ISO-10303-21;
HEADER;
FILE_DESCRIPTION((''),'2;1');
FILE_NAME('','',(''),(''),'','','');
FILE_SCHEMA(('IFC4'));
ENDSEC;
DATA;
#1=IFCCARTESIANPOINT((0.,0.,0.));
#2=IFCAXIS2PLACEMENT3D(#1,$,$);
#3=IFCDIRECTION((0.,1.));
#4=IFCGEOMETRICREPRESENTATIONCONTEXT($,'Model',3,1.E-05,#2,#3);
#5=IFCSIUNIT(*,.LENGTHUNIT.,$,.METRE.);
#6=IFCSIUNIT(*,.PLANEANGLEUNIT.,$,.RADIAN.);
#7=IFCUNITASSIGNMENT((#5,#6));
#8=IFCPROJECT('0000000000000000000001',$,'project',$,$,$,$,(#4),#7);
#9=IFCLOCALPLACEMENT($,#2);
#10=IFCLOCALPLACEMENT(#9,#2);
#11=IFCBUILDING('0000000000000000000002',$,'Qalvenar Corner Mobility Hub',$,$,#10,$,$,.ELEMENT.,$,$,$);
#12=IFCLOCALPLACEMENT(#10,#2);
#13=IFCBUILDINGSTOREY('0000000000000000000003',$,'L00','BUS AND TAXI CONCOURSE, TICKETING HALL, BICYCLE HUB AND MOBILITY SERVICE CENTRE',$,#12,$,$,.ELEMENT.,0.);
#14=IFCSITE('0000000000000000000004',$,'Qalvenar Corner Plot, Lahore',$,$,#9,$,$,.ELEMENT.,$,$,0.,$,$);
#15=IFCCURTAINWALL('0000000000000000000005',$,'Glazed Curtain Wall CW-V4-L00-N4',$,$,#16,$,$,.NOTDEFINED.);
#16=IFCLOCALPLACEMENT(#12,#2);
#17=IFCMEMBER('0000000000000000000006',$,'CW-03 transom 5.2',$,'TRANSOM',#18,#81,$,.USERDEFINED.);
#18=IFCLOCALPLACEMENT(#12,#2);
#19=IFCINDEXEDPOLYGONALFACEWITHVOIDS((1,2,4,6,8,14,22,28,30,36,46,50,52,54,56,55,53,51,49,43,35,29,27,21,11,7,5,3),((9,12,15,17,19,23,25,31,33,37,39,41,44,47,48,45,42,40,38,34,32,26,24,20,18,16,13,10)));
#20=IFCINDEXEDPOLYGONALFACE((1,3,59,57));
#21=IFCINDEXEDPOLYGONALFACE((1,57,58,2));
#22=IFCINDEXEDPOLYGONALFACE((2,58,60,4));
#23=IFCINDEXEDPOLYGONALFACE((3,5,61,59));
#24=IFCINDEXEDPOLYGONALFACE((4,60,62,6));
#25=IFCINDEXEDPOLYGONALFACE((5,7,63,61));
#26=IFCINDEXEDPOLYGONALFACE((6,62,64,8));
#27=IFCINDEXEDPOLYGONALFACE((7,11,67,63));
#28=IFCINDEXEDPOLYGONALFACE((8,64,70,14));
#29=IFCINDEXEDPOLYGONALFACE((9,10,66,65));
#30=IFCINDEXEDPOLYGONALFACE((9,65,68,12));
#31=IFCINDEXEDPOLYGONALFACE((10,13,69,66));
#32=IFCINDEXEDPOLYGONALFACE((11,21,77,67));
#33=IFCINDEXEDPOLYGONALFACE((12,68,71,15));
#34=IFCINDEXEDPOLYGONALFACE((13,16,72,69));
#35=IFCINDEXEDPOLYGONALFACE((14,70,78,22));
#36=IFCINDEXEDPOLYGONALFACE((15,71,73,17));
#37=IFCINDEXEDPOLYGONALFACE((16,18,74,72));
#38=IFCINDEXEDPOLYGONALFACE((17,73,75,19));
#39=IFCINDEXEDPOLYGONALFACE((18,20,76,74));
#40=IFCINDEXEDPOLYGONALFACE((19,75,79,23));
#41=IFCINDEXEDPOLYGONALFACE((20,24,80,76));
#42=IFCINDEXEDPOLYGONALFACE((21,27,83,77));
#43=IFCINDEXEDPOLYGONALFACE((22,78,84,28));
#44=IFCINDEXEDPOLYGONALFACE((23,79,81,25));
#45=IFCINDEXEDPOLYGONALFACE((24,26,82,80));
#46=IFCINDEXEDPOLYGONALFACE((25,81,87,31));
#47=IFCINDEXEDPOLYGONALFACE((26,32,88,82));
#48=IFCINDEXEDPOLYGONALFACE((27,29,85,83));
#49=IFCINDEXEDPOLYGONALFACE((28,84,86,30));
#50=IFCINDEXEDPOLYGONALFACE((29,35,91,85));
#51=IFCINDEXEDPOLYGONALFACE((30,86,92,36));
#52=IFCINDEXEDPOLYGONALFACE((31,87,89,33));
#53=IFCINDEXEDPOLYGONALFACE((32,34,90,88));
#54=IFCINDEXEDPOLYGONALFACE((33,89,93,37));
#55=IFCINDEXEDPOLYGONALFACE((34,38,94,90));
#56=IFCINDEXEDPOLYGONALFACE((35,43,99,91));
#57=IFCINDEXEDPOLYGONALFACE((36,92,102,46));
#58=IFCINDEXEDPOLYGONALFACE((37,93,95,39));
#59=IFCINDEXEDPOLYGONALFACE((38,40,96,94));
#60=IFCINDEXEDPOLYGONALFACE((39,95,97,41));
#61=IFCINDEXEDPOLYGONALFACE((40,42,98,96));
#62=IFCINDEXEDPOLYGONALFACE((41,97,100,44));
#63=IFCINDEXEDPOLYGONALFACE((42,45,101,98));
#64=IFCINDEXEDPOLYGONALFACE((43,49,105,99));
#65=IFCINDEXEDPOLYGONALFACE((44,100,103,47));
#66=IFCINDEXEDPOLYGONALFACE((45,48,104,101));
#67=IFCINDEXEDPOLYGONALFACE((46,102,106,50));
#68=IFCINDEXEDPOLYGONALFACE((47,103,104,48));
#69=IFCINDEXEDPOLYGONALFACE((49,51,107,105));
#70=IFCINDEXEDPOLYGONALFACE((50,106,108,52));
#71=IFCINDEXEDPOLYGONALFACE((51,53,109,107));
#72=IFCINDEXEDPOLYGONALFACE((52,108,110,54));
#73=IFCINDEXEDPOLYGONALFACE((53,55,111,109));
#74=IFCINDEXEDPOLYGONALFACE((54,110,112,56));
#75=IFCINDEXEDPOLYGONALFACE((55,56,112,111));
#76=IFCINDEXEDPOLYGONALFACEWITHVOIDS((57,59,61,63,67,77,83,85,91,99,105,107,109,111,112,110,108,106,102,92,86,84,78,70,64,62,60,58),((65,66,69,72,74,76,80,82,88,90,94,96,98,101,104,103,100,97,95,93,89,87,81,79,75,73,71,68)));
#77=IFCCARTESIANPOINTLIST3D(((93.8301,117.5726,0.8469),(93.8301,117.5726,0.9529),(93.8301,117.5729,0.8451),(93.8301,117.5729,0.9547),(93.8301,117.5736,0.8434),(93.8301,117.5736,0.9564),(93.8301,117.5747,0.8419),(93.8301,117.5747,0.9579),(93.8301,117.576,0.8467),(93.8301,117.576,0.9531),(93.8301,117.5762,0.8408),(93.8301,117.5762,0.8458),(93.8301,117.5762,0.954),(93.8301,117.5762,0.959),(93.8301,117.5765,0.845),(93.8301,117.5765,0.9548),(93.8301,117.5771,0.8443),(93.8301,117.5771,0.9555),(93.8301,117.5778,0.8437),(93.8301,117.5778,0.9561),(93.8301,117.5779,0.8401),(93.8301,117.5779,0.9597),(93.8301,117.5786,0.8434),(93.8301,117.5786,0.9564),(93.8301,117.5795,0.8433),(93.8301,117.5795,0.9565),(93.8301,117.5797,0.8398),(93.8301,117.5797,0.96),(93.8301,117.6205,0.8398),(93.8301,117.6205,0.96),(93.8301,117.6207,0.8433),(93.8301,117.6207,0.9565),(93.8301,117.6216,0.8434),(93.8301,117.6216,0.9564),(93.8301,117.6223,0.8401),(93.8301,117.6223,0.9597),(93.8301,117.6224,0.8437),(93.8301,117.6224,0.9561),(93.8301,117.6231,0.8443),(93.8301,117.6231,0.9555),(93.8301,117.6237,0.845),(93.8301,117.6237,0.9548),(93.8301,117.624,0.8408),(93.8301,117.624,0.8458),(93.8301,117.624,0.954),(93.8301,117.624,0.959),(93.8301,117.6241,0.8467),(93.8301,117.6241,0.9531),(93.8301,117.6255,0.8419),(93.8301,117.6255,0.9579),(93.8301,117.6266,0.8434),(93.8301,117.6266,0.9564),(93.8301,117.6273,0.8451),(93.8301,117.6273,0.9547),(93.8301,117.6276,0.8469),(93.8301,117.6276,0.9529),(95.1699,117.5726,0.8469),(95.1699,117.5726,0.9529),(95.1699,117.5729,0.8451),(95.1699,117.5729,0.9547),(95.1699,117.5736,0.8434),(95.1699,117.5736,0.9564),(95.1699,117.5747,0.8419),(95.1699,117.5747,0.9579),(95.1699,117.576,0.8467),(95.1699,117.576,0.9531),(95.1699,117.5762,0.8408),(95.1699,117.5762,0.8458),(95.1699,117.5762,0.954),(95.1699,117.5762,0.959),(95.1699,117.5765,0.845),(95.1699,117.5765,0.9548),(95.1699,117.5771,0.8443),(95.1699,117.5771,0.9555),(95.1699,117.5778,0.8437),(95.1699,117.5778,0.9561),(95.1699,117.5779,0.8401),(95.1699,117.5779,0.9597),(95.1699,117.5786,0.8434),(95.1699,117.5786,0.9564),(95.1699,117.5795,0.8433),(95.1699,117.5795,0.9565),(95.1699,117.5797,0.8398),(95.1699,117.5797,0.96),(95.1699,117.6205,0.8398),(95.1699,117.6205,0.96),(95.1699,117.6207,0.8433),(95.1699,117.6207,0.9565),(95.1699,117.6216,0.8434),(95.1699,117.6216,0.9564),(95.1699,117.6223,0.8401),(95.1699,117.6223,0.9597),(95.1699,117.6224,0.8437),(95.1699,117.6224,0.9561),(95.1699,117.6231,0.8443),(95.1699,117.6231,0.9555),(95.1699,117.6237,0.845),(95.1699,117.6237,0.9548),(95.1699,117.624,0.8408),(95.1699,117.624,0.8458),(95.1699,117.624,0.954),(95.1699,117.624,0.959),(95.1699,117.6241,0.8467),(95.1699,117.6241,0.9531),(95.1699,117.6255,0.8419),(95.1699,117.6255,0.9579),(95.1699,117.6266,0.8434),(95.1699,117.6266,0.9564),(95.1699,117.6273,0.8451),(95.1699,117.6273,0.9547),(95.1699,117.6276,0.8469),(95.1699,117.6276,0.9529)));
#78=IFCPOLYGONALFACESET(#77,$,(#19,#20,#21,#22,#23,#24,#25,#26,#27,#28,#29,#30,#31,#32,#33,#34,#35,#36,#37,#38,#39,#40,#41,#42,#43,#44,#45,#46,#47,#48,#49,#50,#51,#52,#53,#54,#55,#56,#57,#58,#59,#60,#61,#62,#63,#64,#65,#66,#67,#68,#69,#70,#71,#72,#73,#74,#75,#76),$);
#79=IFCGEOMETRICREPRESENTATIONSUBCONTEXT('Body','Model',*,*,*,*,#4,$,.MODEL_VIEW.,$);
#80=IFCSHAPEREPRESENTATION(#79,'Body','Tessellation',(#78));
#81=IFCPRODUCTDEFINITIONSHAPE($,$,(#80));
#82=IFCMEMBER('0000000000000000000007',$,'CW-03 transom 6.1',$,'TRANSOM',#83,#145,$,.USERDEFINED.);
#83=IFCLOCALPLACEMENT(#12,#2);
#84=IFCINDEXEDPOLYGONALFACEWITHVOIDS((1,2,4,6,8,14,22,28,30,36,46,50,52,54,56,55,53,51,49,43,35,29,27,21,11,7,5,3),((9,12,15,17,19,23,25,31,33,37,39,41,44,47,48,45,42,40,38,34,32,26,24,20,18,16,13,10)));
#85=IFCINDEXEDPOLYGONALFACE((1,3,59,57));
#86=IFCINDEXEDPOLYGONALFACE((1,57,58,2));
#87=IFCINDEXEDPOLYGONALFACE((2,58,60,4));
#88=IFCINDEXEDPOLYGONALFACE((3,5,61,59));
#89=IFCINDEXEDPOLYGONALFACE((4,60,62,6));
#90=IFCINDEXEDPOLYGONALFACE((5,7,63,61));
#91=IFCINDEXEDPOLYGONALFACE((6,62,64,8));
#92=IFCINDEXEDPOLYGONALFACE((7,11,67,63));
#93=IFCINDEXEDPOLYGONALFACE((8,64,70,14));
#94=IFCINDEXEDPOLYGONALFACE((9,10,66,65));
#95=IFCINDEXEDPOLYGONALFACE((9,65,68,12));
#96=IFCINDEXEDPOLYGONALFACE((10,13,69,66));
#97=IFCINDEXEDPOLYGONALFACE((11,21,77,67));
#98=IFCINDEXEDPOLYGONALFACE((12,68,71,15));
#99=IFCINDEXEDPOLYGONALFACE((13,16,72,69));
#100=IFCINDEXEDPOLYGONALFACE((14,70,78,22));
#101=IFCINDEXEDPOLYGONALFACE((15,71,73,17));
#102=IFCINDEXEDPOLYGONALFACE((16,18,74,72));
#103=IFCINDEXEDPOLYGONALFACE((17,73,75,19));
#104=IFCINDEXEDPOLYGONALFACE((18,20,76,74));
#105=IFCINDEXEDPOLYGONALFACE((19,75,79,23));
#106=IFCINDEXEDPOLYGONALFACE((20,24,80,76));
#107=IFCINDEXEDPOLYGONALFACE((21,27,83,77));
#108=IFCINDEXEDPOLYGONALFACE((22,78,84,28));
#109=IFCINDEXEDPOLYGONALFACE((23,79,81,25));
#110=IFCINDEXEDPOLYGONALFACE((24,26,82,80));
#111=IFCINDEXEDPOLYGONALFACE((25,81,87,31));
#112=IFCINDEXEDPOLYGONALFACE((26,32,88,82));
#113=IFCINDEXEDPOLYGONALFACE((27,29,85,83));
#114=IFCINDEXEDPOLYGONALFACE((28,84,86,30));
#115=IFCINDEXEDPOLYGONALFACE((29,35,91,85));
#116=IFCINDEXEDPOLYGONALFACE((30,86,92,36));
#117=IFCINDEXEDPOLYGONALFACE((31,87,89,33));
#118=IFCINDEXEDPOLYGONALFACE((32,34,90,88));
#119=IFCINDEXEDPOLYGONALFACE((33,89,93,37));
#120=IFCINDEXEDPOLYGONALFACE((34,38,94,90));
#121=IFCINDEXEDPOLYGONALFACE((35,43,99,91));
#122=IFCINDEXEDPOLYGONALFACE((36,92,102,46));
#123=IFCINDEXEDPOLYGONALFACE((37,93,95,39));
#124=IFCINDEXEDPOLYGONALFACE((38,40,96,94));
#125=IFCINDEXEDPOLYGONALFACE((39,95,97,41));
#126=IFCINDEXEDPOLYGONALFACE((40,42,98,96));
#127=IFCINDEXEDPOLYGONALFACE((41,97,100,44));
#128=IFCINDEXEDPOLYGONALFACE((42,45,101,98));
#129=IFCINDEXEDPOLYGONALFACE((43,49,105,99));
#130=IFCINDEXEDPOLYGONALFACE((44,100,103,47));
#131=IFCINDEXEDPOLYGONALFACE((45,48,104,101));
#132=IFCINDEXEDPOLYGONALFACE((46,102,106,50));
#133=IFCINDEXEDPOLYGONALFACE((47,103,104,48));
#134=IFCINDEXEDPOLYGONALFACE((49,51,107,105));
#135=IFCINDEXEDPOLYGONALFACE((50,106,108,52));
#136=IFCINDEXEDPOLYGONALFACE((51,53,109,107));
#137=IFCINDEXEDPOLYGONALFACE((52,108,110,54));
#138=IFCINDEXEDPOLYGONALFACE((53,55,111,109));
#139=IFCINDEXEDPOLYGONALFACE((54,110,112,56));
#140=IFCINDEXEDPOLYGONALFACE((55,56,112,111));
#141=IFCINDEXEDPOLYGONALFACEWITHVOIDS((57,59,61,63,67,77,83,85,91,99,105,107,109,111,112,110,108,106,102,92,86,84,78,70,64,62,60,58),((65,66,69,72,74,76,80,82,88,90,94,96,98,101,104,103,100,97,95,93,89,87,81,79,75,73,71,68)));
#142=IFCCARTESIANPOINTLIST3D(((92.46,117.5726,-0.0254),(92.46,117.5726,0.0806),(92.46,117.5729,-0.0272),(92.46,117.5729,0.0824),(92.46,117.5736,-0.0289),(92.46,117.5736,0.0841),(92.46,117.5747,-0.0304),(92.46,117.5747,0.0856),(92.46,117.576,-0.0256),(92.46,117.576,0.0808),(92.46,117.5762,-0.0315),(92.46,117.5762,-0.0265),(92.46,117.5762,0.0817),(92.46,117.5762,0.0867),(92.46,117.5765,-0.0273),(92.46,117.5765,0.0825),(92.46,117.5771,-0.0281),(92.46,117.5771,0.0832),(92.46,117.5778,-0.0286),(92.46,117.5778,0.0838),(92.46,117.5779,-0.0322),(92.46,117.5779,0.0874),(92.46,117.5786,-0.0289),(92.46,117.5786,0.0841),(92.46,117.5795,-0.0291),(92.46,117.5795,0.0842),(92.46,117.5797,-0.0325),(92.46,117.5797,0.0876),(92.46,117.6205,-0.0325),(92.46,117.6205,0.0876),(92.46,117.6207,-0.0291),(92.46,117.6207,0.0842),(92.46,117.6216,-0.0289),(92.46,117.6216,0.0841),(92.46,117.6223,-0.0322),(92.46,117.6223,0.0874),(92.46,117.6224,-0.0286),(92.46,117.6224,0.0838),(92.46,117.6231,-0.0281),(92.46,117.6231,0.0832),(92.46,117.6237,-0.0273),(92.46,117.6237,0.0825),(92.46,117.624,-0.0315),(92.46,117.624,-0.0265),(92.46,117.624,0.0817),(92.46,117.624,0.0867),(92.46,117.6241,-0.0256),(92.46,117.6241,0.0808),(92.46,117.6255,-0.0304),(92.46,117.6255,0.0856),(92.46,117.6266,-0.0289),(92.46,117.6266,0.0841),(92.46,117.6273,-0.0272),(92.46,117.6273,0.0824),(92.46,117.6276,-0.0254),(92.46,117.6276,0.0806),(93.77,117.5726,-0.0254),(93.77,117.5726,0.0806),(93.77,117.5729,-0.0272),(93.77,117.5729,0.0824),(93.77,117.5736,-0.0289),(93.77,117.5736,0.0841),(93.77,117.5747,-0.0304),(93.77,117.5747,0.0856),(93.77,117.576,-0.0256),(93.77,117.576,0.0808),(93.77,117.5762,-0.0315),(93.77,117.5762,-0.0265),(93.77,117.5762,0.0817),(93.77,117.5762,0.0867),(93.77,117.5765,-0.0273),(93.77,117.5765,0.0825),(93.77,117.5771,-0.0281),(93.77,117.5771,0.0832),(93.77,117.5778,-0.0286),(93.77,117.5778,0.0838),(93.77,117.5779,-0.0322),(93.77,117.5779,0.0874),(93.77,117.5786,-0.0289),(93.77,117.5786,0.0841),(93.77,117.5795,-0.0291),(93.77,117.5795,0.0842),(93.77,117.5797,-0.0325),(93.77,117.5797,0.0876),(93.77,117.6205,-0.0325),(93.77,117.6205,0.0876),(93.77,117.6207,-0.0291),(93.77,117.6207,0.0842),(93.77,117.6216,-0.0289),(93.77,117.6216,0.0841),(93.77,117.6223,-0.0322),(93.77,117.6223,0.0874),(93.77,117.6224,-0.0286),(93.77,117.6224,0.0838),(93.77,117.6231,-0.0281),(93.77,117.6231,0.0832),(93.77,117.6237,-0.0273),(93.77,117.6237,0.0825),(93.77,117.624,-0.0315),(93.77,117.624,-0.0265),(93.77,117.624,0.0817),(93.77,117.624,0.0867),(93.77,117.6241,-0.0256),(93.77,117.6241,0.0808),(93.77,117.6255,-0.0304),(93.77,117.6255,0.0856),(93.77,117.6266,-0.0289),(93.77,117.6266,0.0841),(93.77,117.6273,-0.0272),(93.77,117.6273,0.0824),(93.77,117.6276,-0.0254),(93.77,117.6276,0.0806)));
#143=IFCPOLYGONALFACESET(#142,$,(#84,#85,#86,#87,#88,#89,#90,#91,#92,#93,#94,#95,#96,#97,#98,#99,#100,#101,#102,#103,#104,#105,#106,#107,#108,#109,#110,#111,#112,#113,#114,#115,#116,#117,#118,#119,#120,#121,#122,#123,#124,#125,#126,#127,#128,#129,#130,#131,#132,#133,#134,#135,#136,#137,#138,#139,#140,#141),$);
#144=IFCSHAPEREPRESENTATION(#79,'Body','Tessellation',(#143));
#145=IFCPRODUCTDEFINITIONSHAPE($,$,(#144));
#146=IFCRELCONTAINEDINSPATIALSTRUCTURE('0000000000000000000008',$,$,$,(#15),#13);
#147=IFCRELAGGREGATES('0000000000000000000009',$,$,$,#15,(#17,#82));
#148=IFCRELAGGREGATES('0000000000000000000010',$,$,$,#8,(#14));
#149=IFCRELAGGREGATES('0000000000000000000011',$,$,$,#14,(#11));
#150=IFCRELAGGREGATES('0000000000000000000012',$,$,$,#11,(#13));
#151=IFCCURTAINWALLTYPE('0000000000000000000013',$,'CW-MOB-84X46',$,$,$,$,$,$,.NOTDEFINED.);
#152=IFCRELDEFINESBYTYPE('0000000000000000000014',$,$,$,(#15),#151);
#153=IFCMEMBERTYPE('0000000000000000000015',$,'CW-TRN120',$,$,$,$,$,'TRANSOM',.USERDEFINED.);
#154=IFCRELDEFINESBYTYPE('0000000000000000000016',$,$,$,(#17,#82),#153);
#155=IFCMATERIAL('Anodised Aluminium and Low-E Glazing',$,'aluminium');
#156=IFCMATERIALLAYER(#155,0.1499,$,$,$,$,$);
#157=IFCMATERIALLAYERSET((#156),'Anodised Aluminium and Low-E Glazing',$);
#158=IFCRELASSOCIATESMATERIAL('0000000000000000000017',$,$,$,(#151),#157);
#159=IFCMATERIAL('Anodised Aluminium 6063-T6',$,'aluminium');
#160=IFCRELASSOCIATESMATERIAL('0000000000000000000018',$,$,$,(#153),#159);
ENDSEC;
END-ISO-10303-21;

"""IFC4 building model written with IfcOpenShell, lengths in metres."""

from ifc_helpers import new_model, si_unit, direction, frame, origin, origin_2d, place, context, subcontext, project, spatial, hollow_rectangle, extrude, material, layer, layer_set, material_profile, profile_set, type_object, element, aggregate, save


model = new_model("IFC4")

# Units and contexts
model_context = context("Model", 3, precision=1e-05, world=origin(), true_north=direction((0.0, 1.0)))
body_context = subcontext(model_context, "Body", "Model", "MODEL_VIEW")
ifc_project = project(units=[si_unit("LENGTHUNIT", "METRE"), si_unit("PLANEANGLEUNIT", "RADIAN")], contexts=[model_context])

# Site, building, storey
site_placement = place(None, origin())
site = spatial("IfcSite", under=ifc_project, at=site_placement, Name="Qalvenar Corner Plot, Lahore", CompositionType="ELEMENT", RefElevation=0.0)
building_placement = place(site_placement, origin())
building = spatial("IfcBuilding", under=site, at=building_placement, Name="Qalvenar Corner Mobility Hub", CompositionType="ELEMENT")
storey_placement = place(building_placement, origin())
storey = spatial("IfcBuildingStorey", under=building, at=storey_placement, Name="L00", Description="BUS AND TAXI CONCOURSE, TICKETING HALL, BICYCLE HUB AND MOBILITY SERVICE CENTRE", CompositionType="ELEMENT", Elevation=0.0)

# Curtain wall
ifc_material_1 = material(Name="Anodised Aluminium and Low-E Glazing", Category="aluminium")
ifc_layer_1 = layer(ifc_material_1, 0.1499)
ifc_layer_set_1 = layer_set([ifc_layer_1], Name="Anodised Aluminium and Low-E Glazing")
curtain_wall_type = type_object("IfcCurtainWallType", Name="CW-MOB-84X46", PredefinedType="NOTDEFINED", material=ifc_layer_set_1)
ifc_material_2 = material(Name="Anodised Aluminium 6063-T6", Category="aluminium")
curtain_wall_1_placement = place(storey_placement, origin())
curtain_wall_1 = element("IfcCurtainWall", 1, at=curtain_wall_1_placement, inside=storey, type_object=curtain_wall_type, Name="Glazed Curtain Wall CW-V4-L00-N4", PredefinedType="NOTDEFINED")

# Members
ifc_material_profile_1 = material_profile(ifc_material_2, hollow_rectangle(XDim=0.0549, YDim=0.1201, WallThickness=0.0034, InnerFilletRadius=0.0034, OuterFilletRadius=0.0071, at=origin_2d()), Name="RHS120x55x3.5")
ifc_profile_set_1 = profile_set([ifc_material_profile_1], Name="Anodised Aluminium 6063-T6")
member_type_1 = type_object("IfcMemberType", Name="CW-TRN120", ElementType="TRANSOM", PredefinedType="USERDEFINED", material=ifc_profile_set_1)
member_1_placement = place(storey_placement, frame((95.1699, 117.6001, 0.8999), z_axis=(-1.0, 0.0, 0.0), x_axis=(0.0, -1.0, 0.0)))
member_1 = element("IfcMember", 2, at=member_1_placement, type_object=member_type_1, Name="CW-03 transom 5.2", ObjectType="TRANSOM", PredefinedType="USERDEFINED", context=body_context, shape_type="SweptSolid", body=[
    extrude(hollow_rectangle(XDim=0.0549, YDim=0.1201, WallThickness=0.0034, InnerFilletRadius=0.0034, OuterFilletRadius=0.0071, at=origin_2d()), origin(), (0.0, 0.0, 1.0), 1.3398),
])
member_2_placement = place(storey_placement, frame((93.77, 117.6001, 0.0276), z_axis=(-1.0, 0.0, 0.0), x_axis=(0.0, -1.0, 0.0)))
member_2 = element("IfcMember", 3, at=member_2_placement, type_object=member_type_1, Name="CW-03 transom 6.1", ObjectType="TRANSOM", PredefinedType="USERDEFINED", context=body_context, shape_type="SweptSolid", body=[
    extrude(hollow_rectangle(XDim=0.0549, YDim=0.1201, WallThickness=0.0034, InnerFilletRadius=0.0034, OuterFilletRadius=0.0071, at=origin_2d()), origin(), (0.0, 0.0, 1.0), 1.3101),
])

aggregate(curtain_wall_1, [member_1, member_2])

save(model, "model.ifc")
